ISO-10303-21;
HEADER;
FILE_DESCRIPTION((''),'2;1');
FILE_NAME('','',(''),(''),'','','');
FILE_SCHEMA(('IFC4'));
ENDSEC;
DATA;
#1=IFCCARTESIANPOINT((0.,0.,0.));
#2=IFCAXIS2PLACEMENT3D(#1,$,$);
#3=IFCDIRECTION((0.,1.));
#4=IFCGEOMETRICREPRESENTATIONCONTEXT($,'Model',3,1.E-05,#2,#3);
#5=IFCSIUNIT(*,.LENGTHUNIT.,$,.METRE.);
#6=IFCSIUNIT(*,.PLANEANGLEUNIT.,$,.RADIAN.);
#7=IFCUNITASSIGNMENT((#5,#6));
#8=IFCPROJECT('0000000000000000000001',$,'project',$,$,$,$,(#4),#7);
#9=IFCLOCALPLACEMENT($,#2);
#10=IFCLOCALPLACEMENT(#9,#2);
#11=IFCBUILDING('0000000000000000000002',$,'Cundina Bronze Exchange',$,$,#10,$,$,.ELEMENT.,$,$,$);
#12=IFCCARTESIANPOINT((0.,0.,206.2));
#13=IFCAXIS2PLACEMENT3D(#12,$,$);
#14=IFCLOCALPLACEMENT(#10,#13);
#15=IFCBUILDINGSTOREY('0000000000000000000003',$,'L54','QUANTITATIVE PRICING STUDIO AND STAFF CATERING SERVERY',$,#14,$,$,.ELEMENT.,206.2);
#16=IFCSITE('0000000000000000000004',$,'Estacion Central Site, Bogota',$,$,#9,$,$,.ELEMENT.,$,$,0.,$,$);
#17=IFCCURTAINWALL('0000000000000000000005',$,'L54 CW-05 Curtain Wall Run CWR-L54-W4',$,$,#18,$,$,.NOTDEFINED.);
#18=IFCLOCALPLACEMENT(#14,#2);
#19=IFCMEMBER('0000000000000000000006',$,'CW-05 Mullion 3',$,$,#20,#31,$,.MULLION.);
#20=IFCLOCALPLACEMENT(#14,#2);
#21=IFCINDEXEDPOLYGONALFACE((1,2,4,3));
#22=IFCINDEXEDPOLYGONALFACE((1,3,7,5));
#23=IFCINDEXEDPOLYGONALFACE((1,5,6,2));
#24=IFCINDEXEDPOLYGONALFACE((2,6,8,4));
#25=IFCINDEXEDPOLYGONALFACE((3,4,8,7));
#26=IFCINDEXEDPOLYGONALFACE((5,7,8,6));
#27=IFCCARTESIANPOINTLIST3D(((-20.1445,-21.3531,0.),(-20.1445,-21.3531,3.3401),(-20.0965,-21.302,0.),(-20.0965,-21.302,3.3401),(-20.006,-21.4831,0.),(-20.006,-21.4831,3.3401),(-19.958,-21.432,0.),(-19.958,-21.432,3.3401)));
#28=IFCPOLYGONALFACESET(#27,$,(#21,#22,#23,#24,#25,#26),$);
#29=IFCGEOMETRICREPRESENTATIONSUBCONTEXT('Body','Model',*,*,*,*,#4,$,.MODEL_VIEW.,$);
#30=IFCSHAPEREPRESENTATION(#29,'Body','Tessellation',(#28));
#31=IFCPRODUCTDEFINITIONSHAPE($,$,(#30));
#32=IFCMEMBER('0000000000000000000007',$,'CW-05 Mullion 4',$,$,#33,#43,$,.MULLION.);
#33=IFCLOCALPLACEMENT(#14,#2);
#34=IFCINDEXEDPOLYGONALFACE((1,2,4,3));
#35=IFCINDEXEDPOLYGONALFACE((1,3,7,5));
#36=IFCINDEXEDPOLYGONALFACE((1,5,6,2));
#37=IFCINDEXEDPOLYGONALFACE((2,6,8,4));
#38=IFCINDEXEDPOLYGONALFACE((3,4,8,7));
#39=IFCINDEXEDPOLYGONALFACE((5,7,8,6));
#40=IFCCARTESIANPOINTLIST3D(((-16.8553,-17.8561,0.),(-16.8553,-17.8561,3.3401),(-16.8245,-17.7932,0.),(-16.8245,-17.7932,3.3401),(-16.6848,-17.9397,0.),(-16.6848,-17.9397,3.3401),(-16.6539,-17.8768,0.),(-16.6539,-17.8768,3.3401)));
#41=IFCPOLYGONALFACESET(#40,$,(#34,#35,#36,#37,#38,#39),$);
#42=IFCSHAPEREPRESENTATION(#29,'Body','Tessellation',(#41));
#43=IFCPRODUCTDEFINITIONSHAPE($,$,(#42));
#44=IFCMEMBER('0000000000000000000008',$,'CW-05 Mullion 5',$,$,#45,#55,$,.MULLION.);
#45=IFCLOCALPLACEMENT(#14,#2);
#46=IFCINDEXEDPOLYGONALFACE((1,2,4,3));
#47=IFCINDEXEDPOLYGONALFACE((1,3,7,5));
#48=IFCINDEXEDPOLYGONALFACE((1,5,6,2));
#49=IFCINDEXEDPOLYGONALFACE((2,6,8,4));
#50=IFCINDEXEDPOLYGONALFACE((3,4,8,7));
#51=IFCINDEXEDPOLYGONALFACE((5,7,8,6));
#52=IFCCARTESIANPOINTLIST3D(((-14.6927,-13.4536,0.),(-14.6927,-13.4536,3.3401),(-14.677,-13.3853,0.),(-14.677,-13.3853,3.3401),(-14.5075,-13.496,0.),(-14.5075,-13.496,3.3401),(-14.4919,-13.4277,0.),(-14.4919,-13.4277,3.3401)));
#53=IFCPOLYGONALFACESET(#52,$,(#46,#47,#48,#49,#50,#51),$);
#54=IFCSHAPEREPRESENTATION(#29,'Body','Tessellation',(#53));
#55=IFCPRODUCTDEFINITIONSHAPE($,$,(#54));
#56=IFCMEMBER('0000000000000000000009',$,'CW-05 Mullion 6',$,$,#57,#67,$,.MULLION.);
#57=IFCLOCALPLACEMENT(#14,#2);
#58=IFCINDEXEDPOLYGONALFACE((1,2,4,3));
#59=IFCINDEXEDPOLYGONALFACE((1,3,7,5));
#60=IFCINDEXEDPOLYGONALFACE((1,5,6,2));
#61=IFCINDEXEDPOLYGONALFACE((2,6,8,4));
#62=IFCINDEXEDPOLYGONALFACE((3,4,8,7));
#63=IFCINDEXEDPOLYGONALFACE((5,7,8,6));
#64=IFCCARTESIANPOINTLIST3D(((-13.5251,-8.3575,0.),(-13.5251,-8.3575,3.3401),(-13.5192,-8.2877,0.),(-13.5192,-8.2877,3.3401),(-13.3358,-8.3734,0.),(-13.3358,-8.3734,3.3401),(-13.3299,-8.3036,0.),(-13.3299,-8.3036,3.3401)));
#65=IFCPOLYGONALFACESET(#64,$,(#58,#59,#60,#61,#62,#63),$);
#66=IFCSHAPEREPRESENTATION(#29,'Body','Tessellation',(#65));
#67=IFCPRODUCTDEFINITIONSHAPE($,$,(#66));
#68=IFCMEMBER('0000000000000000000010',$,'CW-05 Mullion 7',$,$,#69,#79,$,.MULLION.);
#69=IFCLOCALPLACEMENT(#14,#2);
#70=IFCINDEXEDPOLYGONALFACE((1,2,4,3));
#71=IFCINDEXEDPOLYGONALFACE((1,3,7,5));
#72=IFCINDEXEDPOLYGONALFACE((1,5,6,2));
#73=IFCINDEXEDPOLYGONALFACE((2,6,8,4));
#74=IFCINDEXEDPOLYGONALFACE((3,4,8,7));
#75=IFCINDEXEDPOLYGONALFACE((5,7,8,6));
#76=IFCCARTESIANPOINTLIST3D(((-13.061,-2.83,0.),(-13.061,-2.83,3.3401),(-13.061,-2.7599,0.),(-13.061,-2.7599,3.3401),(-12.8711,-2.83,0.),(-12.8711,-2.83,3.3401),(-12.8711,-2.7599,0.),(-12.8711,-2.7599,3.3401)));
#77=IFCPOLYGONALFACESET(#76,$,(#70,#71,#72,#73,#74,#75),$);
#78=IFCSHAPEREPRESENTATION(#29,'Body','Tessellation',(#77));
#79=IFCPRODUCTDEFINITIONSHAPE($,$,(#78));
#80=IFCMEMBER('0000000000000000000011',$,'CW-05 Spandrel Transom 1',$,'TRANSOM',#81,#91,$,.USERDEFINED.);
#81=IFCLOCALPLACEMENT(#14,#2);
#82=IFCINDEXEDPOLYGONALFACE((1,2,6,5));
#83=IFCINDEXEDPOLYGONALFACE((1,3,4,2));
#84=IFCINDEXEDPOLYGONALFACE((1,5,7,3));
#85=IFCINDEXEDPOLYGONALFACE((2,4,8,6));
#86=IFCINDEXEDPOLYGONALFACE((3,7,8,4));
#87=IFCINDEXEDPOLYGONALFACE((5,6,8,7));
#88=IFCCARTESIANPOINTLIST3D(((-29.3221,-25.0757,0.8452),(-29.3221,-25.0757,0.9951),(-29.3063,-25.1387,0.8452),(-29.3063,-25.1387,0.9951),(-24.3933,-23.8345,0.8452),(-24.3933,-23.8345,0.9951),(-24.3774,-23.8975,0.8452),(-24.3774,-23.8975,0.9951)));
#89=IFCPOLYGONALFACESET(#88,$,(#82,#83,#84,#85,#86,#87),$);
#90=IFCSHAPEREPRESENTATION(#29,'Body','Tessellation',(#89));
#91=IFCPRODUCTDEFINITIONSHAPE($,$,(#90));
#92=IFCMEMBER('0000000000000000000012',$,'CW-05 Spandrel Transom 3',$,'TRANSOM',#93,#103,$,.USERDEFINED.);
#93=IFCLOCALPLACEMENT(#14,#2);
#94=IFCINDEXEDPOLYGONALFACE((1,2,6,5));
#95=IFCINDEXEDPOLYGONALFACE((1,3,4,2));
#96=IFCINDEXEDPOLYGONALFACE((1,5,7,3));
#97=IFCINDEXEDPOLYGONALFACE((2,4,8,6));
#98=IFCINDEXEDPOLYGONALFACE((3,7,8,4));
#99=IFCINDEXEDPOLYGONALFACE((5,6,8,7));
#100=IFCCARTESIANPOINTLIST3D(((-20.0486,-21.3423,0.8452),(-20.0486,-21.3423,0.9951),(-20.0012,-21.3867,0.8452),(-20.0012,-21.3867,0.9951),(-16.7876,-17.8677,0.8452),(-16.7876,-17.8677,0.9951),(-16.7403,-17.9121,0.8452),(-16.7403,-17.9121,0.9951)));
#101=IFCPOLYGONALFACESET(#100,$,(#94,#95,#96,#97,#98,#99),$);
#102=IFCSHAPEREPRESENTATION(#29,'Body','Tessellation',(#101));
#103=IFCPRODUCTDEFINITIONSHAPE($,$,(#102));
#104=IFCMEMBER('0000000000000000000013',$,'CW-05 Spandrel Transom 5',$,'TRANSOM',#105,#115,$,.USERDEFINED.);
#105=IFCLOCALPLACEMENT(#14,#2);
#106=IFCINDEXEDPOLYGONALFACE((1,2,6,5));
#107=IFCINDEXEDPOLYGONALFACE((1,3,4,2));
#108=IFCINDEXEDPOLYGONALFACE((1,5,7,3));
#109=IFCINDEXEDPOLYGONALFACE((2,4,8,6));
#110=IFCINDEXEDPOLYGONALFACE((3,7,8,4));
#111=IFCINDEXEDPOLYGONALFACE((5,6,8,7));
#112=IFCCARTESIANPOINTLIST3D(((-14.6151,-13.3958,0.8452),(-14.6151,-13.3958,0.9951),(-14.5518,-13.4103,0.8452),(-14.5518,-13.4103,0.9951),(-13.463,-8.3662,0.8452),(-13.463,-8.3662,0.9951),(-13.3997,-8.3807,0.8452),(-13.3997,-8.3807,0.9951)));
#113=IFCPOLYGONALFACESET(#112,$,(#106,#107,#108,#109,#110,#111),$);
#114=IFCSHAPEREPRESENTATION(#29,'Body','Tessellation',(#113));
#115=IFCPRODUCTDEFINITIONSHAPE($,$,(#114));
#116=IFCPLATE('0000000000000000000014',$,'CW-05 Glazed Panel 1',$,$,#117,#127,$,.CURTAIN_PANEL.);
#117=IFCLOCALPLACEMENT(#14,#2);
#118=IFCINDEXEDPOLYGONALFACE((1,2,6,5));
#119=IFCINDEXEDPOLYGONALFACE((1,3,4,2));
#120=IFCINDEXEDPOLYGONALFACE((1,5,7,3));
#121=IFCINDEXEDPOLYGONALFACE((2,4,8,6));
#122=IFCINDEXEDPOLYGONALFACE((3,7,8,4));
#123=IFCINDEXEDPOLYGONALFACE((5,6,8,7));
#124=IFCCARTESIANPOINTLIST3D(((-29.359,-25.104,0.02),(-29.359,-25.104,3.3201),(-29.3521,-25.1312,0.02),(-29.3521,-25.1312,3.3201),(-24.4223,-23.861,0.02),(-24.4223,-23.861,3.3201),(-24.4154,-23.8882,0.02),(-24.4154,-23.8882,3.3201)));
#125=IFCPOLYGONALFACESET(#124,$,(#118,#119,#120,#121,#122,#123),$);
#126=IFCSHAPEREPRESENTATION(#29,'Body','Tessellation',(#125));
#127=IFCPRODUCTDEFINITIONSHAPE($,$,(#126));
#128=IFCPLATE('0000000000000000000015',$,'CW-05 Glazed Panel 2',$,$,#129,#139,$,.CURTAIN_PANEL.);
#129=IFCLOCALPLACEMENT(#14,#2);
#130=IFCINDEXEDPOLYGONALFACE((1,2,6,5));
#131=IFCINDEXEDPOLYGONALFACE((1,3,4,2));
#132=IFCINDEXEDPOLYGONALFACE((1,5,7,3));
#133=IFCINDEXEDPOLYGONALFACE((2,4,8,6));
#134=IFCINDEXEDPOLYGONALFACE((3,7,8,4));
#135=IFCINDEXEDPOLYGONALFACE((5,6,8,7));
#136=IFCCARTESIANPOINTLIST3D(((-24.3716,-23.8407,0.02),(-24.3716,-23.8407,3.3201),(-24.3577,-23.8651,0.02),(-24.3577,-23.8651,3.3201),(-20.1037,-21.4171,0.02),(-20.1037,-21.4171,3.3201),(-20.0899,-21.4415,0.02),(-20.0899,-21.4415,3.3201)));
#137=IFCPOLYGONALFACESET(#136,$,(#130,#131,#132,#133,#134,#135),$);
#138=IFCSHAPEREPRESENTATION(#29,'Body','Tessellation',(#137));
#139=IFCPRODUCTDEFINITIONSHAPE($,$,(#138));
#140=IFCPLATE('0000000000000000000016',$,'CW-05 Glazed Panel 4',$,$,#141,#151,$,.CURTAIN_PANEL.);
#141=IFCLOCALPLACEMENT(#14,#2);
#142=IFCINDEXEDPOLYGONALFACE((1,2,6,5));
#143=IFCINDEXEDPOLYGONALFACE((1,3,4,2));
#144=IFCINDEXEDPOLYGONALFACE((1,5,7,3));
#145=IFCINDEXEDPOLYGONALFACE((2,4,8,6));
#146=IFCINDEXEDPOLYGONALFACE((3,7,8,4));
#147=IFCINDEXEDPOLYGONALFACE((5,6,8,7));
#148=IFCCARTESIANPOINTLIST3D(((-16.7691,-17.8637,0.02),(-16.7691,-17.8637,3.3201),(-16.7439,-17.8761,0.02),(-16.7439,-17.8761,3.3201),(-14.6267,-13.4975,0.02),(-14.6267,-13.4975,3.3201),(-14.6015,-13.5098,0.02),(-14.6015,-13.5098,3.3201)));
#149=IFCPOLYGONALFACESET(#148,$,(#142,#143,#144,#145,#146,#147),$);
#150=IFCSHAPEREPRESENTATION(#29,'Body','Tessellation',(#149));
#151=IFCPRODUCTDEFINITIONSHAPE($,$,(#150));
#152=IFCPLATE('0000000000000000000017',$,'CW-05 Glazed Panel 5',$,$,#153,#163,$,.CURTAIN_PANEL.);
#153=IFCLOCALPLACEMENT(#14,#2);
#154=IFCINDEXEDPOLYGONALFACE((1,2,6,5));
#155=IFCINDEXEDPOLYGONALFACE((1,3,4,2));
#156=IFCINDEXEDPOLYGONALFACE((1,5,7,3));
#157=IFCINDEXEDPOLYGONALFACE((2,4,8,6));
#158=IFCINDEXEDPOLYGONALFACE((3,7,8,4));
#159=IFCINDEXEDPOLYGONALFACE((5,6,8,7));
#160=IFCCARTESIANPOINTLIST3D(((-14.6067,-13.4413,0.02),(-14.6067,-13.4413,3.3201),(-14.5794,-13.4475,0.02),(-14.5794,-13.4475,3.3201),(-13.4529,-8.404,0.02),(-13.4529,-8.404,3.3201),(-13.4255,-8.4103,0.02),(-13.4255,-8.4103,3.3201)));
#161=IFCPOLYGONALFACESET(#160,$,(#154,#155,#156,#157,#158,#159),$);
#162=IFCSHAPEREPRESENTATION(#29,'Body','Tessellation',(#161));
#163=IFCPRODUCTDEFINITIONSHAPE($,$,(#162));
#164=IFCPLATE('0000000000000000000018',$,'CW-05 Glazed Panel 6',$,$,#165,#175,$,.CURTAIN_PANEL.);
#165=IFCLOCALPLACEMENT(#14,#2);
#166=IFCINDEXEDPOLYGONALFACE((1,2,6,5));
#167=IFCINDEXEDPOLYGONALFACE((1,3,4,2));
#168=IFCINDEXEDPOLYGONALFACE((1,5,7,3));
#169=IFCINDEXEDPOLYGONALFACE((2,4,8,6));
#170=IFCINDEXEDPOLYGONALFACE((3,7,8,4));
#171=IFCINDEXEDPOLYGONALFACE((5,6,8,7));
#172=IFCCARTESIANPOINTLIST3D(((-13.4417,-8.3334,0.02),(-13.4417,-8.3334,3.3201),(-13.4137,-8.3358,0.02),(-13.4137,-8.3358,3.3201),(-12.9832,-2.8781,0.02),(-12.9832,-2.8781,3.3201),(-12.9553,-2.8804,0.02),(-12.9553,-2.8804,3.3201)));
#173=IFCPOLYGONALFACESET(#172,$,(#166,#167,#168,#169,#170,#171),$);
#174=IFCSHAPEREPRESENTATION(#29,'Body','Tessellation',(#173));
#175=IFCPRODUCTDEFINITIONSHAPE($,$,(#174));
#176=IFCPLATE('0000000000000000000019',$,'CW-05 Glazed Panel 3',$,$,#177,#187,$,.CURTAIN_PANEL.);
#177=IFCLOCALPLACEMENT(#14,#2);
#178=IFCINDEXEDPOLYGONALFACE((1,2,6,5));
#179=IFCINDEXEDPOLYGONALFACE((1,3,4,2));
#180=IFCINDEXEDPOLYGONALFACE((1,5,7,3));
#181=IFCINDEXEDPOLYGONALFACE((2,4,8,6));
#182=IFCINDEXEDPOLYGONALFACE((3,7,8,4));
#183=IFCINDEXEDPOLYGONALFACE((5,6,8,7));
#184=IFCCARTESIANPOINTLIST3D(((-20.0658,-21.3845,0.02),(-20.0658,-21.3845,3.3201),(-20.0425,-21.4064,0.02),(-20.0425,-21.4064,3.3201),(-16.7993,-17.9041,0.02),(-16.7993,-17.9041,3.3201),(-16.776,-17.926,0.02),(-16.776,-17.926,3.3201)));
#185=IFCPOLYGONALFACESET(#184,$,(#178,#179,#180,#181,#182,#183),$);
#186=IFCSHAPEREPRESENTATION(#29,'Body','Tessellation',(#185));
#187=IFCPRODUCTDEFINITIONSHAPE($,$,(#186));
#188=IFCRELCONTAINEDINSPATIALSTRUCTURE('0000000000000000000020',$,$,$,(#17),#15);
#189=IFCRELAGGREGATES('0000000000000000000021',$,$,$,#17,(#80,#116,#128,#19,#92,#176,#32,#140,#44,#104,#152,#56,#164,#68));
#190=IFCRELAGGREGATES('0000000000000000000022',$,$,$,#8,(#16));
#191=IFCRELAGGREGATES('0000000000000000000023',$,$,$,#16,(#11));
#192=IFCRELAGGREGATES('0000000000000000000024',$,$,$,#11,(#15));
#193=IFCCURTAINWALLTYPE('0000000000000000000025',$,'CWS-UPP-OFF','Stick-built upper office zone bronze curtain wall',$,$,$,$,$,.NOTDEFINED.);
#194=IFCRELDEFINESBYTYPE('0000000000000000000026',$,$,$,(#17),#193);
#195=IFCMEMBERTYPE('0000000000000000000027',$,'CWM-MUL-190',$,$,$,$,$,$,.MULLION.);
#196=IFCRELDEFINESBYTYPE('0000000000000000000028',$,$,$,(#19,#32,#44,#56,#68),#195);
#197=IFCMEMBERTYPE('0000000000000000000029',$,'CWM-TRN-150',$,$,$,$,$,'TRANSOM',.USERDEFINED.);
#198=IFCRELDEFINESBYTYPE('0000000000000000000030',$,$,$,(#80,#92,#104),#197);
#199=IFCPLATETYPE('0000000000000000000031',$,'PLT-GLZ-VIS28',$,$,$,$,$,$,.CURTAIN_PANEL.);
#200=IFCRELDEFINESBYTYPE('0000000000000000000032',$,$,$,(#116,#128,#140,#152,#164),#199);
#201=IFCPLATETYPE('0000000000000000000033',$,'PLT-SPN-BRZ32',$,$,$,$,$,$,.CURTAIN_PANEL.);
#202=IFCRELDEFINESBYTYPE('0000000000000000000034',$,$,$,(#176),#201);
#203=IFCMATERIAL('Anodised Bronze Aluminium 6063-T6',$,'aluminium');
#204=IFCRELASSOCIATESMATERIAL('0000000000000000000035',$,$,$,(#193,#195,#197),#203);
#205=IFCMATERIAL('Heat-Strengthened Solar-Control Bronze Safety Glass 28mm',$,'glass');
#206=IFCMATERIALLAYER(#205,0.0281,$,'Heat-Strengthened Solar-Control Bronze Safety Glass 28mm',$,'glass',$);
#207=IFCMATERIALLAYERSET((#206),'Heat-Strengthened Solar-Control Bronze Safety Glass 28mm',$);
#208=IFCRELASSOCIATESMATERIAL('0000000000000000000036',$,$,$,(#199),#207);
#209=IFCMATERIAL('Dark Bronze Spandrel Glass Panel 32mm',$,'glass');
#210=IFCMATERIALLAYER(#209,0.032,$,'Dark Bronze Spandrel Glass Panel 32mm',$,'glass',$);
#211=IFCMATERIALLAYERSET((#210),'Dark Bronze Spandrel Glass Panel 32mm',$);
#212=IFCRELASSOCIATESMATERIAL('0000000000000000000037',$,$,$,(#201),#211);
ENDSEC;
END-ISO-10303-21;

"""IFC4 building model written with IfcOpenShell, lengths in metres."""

from ifc_helpers import new_model, si_unit, direction, frame, origin, origin_2d, place, context, subcontext, project, spatial, rectangle, extrude, material, layer, layer_set, material_profile, profile_set, type_object, element, aggregate, save


model = new_model("IFC4")

# Units and contexts
model_context = context("Model", 3, precision=1e-05, world=origin(), true_north=direction((0.0, 1.0)))
body_context = subcontext(model_context, "Body", "Model", "MODEL_VIEW")
ifc_project = project(units=[si_unit("LENGTHUNIT", "METRE"), si_unit("PLANEANGLEUNIT", "RADIAN")], contexts=[model_context])

# Site, building, storey
site_placement = place(None, origin())
site = spatial("IfcSite", under=ifc_project, at=site_placement, Name="Estacion Central Site, Bogota", CompositionType="ELEMENT", RefElevation=0.0)
building_placement = place(site_placement, origin())
building = spatial("IfcBuilding", under=site, at=building_placement, Name="Cundina Bronze Exchange", CompositionType="ELEMENT")
storey_placement = place(building_placement, frame((0.0, 0.0, 206.2)))
storey = spatial("IfcBuildingStorey", under=building, at=storey_placement, Name="L54", Description="QUANTITATIVE PRICING STUDIO AND STAFF CATERING SERVERY", CompositionType="ELEMENT", Elevation=206.2)

# Curtain wall, members, plates
ifc_material_1 = material(Name="Anodised Bronze Aluminium 6063-T6", Category="aluminium")
curtain_wall_type = type_object("IfcCurtainWallType", Name="CWS-UPP-OFF", Description="Stick-built upper office zone bronze curtain wall", PredefinedType="NOTDEFINED", material=ifc_material_1)
curtain_wall_placement = place(storey_placement, origin())
curtain_wall = element("IfcCurtainWall", 1, at=curtain_wall_placement, inside=storey, type_object=curtain_wall_type, Name="L54 CW-05 Curtain Wall Run CWR-L54-W4", PredefinedType="NOTDEFINED")
ifc_material_profile_1 = material_profile(ifc_material_1, rectangle(XDim=0.0701, YDim=0.1899, at=origin_2d()), Name="AL70X190", Category="aluminium")
ifc_profile_set_1 = profile_set([ifc_material_profile_1], Name="Anodised Bronze Aluminium 6063-T6")
member_type_1 = type_object("IfcMemberType", Name="CWM-MUL-190", PredefinedType="MULLION", material=ifc_profile_set_1)
member_1_placement = place(storey_placement, frame((-20.0513, -21.3926, 0.0), z_axis=(0.0, 0.0, 1.0), x_axis=(0.684293, 0.729208, 0.0)))
member_1 = element("IfcMember", 2, at=member_1_placement, type_object=member_type_1, Name="CW-05 Mullion 3", PredefinedType="MULLION", context=body_context, shape_type="SweptSolid", body=[
    extrude(rectangle(XDim=0.0701, YDim=0.1899, at=origin_2d()), origin(), (0.0, 0.0, 1.0), 3.3401),
])
member_2_placement = place(storey_placement, frame((-16.7546, -17.8665, 0.0), z_axis=(0.0, 0.0, 1.0), x_axis=(0.440566, 0.89772, 0.0)))
member_2 = element("IfcMember", 3, at=member_2_placement, type_object=member_type_1, Name="CW-05 Mullion 4", PredefinedType="MULLION", context=body_context, shape_type="SweptSolid", body=[
    extrude(rectangle(XDim=0.0701, YDim=0.1899, at=origin_2d()), origin(), (0.0, 0.0, 1.0), 3.3401),
])
member_3_placement = place(storey_placement, frame((-14.5923, -13.4407, 0.0), z_axis=(0.0, 0.0, 1.0), x_axis=(0.22325, 0.974761, 0.0)))
member_3 = element("IfcMember", 4, at=member_3_placement, type_object=member_type_1, Name="CW-05 Mullion 5", PredefinedType="MULLION", context=body_context, shape_type="SweptSolid", body=[
    extrude(rectangle(XDim=0.0701, YDim=0.1899, at=origin_2d()), origin(), (0.0, 0.0, 1.0), 3.3401),
])
member_4_placement = place(storey_placement, frame((-13.4275, -8.3306, 0.0), z_axis=(0.0, 0.0, 1.0), x_axis=(0.083678, 0.996493, 0.0)))
member_4 = element("IfcMember", 5, at=member_4_placement, type_object=member_type_1, Name="CW-05 Mullion 6", PredefinedType="MULLION", context=body_context, shape_type="SweptSolid", body=[
    extrude(rectangle(XDim=0.0701, YDim=0.1899, at=origin_2d()), origin(), (0.0, 0.0, 1.0), 3.3401),
])
member_5_placement = place(storey_placement, frame((-12.9661, -2.7949, 0.0), z_axis=(0.0, 0.0, 1.0), x_axis=(0.0, 1.0, 0.0)))
member_5 = element("IfcMember", 6, at=member_5_placement, type_object=member_type_1, Name="CW-05 Mullion 7", PredefinedType="MULLION", context=body_context, shape_type="SweptSolid", body=[
    extrude(rectangle(XDim=0.0701, YDim=0.1899, at=origin_2d()), origin(), (0.0, 0.0, 1.0), 3.3401),
])
ifc_material_profile_2 = material_profile(ifc_material_1, rectangle(XDim=0.0649, YDim=0.1499, at=origin_2d()), Name="AL65X150", Category="aluminium")
ifc_profile_set_2 = profile_set([ifc_material_profile_2], Name="Anodised Bronze Aluminium 6063-T6")
member_type_2 = type_object("IfcMemberType", Name="CWM-TRN-150", ElementType="TRANSOM", PredefinedType="USERDEFINED", material=ifc_profile_set_2)
member_6_placement = place(storey_placement, frame((-29.3142, -25.1072, 0.9202), z_axis=(0.969726, 0.244197, 0.0), x_axis=(-0.244197, 0.969726, 0.0)))
member_6 = element("IfcMember", 7, at=member_6_placement, type_object=member_type_2, Name="CW-05 Spandrel Transom 1", ObjectType="TRANSOM", PredefinedType="USERDEFINED", context=body_context, shape_type="SweptSolid", body=[
    extrude(rectangle(XDim=0.0649, YDim=0.1499, at=origin_2d()), origin(), (0.0, 0.0, 1.0), 5.0828),
])
member_7_placement = place(storey_placement, frame((-20.0249, -21.3645, 0.9202), z_axis=(0.684336, 0.729166, 0.0), x_axis=(-0.729166, 0.684336, 0.0)))
member_7 = element("IfcMember", 8, at=member_7_placement, type_object=member_type_2, Name="CW-05 Spandrel Transom 3", ObjectType="TRANSOM", PredefinedType="USERDEFINED", context=body_context, shape_type="SweptSolid", body=[
    extrude(rectangle(XDim=0.0649, YDim=0.1499, at=origin_2d()), origin(), (0.0, 0.0, 1.0), 4.7651),
])
member_8_placement = place(storey_placement, frame((-14.5835, -13.4031, 0.9202), z_axis=(0.223283, 0.974754, 0.0), x_axis=(-0.974754, 0.223283, 0.0)))
member_8 = element("IfcMember", 9, at=member_8_placement, type_object=member_type_2, Name="CW-05 Spandrel Transom 5", ObjectType="TRANSOM", PredefinedType="USERDEFINED", context=body_context, shape_type="SweptSolid", body=[
    extrude(rectangle(XDim=0.0649, YDim=0.1499, at=origin_2d()), origin(), (0.0, 0.0, 1.0), 5.1599),
])
ifc_material_2 = material(Name="Heat-Strengthened Solar-Control Bronze Safety Glass 28mm", Category="glass")
ifc_layer_1 = layer(ifc_material_2, 0.0281, Name="Heat-Strengthened Solar-Control Bronze Safety Glass 28mm", Category="glass")
ifc_layer_set_1 = layer_set([ifc_layer_1], Name="Heat-Strengthened Solar-Control Bronze Safety Glass 28mm")
plate_type_1 = type_object("IfcPlateType", Name="PLT-GLZ-VIS28", PredefinedType="CURTAIN_PANEL", material=ifc_layer_set_1)
plate_1_placement = place(storey_placement, frame((-26.8872, -24.4961, 0.02), z_axis=(0.0, 0.0, 1.0), x_axis=(0.969732, 0.244174, 0.0)))
plate_1 = element("IfcPlate", 10, at=plate_1_placement, type_object=plate_type_1, Name="CW-05 Glazed Panel 1", PredefinedType="CURTAIN_PANEL", context=body_context, shape_type="SweptSolid", body=[
    extrude(rectangle(XDim=5.0908, YDim=0.0281, at=origin_2d()), origin(), (0.0, 0.0, 1.0), 3.3),
])
plate_2_placement = place(storey_placement, frame((-22.2307, -22.6411, 0.02), z_axis=(0.0, 0.0, 1.0), x_axis=(0.869573, 0.493805, 0.0)))
plate_2 = element("IfcPlate", 11, at=plate_2_placement, type_object=plate_type_1, Name="CW-05 Glazed Panel 2", PredefinedType="CURTAIN_PANEL", context=body_context, shape_type="SweptSolid", body=[
    extrude(rectangle(XDim=4.908, YDim=0.0281, at=origin_2d()), origin(), (0.0, 0.0, 1.0), 3.3),
])
plate_3_placement = place(storey_placement, frame((-15.6853, -15.6868, 0.02), z_axis=(0.0, 0.0, 1.0), x_axis=(0.440503, 0.897751, 0.0)))
plate_3 = element("IfcPlate", 12, at=plate_3_placement, type_object=plate_type_1, Name="CW-05 Glazed Panel 4", PredefinedType="CURTAIN_PANEL", context=body_context, shape_type="SweptSolid", body=[
    extrude(rectangle(XDim=4.8635, YDim=0.0281, at=origin_2d()), origin(), (0.0, 0.0, 1.0), 3.3),
])
plate_4_placement = place(storey_placement, frame((-14.0161, -10.9258, 0.02), z_axis=(0.0, 0.0, 1.0), x_axis=(0.223284, 0.974753, 0.0)))
plate_4 = element("IfcPlate", 13, at=plate_4_placement, type_object=plate_type_1, Name="CW-05 Glazed Panel 5", PredefinedType="CURTAIN_PANEL", context=body_context, shape_type="SweptSolid", body=[
    extrude(rectangle(XDim=5.1677, YDim=0.0281, at=origin_2d()), origin(), (0.0, 0.0, 1.0), 3.3),
])
plate_5_placement = place(storey_placement, frame((-13.1985, -5.6069, 0.02), z_axis=(0.0, 0.0, 1.0), x_axis=(0.083747, 0.996487, 0.0)))
plate_5 = element("IfcPlate", 14, at=plate_5_placement, type_object=plate_type_1, Name="CW-05 Glazed Panel 6", PredefinedType="CURTAIN_PANEL", context=body_context, shape_type="SweptSolid", body=[
    extrude(rectangle(XDim=5.4746, YDim=0.0281, at=origin_2d()), origin(), (0.0, 0.0, 1.0), 3.3),
])
ifc_material_3 = material(Name="Dark Bronze Spandrel Glass Panel 32mm", Category="glass")
ifc_layer_2 = layer(ifc_material_3, 0.032, Name="Dark Bronze Spandrel Glass Panel 32mm", Category="glass")
ifc_layer_set_2 = layer_set([ifc_layer_2], Name="Dark Bronze Spandrel Glass Panel 32mm")
plate_type_2 = type_object("IfcPlateType", Name="PLT-SPN-BRZ32", PredefinedType="CURTAIN_PANEL", material=ifc_layer_set_2)
plate_6_placement = place(storey_placement, frame((-18.4209, -19.6553, 0.02), z_axis=(0.0, 0.0, 1.0), x_axis=(0.684344, 0.72916, 0.0)))
plate_6 = element("IfcPlate", 15, at=plate_6_placement, type_object=plate_type_2, Name="CW-05 Glazed Panel 3", PredefinedType="CURTAIN_PANEL", context=body_context, shape_type="SweptSolid", body=[
    extrude(rectangle(XDim=4.7732, YDim=0.032, at=origin_2d()), origin(), (0.0, 0.0, 1.0), 3.3),
])
aggregate(curtain_wall, [member_6, plate_1, plate_2, member_1, member_7, plate_6, member_2, plate_3, member_3, member_8, plate_4, member_4, plate_5, member_5])

save(model, "model.ifc")
